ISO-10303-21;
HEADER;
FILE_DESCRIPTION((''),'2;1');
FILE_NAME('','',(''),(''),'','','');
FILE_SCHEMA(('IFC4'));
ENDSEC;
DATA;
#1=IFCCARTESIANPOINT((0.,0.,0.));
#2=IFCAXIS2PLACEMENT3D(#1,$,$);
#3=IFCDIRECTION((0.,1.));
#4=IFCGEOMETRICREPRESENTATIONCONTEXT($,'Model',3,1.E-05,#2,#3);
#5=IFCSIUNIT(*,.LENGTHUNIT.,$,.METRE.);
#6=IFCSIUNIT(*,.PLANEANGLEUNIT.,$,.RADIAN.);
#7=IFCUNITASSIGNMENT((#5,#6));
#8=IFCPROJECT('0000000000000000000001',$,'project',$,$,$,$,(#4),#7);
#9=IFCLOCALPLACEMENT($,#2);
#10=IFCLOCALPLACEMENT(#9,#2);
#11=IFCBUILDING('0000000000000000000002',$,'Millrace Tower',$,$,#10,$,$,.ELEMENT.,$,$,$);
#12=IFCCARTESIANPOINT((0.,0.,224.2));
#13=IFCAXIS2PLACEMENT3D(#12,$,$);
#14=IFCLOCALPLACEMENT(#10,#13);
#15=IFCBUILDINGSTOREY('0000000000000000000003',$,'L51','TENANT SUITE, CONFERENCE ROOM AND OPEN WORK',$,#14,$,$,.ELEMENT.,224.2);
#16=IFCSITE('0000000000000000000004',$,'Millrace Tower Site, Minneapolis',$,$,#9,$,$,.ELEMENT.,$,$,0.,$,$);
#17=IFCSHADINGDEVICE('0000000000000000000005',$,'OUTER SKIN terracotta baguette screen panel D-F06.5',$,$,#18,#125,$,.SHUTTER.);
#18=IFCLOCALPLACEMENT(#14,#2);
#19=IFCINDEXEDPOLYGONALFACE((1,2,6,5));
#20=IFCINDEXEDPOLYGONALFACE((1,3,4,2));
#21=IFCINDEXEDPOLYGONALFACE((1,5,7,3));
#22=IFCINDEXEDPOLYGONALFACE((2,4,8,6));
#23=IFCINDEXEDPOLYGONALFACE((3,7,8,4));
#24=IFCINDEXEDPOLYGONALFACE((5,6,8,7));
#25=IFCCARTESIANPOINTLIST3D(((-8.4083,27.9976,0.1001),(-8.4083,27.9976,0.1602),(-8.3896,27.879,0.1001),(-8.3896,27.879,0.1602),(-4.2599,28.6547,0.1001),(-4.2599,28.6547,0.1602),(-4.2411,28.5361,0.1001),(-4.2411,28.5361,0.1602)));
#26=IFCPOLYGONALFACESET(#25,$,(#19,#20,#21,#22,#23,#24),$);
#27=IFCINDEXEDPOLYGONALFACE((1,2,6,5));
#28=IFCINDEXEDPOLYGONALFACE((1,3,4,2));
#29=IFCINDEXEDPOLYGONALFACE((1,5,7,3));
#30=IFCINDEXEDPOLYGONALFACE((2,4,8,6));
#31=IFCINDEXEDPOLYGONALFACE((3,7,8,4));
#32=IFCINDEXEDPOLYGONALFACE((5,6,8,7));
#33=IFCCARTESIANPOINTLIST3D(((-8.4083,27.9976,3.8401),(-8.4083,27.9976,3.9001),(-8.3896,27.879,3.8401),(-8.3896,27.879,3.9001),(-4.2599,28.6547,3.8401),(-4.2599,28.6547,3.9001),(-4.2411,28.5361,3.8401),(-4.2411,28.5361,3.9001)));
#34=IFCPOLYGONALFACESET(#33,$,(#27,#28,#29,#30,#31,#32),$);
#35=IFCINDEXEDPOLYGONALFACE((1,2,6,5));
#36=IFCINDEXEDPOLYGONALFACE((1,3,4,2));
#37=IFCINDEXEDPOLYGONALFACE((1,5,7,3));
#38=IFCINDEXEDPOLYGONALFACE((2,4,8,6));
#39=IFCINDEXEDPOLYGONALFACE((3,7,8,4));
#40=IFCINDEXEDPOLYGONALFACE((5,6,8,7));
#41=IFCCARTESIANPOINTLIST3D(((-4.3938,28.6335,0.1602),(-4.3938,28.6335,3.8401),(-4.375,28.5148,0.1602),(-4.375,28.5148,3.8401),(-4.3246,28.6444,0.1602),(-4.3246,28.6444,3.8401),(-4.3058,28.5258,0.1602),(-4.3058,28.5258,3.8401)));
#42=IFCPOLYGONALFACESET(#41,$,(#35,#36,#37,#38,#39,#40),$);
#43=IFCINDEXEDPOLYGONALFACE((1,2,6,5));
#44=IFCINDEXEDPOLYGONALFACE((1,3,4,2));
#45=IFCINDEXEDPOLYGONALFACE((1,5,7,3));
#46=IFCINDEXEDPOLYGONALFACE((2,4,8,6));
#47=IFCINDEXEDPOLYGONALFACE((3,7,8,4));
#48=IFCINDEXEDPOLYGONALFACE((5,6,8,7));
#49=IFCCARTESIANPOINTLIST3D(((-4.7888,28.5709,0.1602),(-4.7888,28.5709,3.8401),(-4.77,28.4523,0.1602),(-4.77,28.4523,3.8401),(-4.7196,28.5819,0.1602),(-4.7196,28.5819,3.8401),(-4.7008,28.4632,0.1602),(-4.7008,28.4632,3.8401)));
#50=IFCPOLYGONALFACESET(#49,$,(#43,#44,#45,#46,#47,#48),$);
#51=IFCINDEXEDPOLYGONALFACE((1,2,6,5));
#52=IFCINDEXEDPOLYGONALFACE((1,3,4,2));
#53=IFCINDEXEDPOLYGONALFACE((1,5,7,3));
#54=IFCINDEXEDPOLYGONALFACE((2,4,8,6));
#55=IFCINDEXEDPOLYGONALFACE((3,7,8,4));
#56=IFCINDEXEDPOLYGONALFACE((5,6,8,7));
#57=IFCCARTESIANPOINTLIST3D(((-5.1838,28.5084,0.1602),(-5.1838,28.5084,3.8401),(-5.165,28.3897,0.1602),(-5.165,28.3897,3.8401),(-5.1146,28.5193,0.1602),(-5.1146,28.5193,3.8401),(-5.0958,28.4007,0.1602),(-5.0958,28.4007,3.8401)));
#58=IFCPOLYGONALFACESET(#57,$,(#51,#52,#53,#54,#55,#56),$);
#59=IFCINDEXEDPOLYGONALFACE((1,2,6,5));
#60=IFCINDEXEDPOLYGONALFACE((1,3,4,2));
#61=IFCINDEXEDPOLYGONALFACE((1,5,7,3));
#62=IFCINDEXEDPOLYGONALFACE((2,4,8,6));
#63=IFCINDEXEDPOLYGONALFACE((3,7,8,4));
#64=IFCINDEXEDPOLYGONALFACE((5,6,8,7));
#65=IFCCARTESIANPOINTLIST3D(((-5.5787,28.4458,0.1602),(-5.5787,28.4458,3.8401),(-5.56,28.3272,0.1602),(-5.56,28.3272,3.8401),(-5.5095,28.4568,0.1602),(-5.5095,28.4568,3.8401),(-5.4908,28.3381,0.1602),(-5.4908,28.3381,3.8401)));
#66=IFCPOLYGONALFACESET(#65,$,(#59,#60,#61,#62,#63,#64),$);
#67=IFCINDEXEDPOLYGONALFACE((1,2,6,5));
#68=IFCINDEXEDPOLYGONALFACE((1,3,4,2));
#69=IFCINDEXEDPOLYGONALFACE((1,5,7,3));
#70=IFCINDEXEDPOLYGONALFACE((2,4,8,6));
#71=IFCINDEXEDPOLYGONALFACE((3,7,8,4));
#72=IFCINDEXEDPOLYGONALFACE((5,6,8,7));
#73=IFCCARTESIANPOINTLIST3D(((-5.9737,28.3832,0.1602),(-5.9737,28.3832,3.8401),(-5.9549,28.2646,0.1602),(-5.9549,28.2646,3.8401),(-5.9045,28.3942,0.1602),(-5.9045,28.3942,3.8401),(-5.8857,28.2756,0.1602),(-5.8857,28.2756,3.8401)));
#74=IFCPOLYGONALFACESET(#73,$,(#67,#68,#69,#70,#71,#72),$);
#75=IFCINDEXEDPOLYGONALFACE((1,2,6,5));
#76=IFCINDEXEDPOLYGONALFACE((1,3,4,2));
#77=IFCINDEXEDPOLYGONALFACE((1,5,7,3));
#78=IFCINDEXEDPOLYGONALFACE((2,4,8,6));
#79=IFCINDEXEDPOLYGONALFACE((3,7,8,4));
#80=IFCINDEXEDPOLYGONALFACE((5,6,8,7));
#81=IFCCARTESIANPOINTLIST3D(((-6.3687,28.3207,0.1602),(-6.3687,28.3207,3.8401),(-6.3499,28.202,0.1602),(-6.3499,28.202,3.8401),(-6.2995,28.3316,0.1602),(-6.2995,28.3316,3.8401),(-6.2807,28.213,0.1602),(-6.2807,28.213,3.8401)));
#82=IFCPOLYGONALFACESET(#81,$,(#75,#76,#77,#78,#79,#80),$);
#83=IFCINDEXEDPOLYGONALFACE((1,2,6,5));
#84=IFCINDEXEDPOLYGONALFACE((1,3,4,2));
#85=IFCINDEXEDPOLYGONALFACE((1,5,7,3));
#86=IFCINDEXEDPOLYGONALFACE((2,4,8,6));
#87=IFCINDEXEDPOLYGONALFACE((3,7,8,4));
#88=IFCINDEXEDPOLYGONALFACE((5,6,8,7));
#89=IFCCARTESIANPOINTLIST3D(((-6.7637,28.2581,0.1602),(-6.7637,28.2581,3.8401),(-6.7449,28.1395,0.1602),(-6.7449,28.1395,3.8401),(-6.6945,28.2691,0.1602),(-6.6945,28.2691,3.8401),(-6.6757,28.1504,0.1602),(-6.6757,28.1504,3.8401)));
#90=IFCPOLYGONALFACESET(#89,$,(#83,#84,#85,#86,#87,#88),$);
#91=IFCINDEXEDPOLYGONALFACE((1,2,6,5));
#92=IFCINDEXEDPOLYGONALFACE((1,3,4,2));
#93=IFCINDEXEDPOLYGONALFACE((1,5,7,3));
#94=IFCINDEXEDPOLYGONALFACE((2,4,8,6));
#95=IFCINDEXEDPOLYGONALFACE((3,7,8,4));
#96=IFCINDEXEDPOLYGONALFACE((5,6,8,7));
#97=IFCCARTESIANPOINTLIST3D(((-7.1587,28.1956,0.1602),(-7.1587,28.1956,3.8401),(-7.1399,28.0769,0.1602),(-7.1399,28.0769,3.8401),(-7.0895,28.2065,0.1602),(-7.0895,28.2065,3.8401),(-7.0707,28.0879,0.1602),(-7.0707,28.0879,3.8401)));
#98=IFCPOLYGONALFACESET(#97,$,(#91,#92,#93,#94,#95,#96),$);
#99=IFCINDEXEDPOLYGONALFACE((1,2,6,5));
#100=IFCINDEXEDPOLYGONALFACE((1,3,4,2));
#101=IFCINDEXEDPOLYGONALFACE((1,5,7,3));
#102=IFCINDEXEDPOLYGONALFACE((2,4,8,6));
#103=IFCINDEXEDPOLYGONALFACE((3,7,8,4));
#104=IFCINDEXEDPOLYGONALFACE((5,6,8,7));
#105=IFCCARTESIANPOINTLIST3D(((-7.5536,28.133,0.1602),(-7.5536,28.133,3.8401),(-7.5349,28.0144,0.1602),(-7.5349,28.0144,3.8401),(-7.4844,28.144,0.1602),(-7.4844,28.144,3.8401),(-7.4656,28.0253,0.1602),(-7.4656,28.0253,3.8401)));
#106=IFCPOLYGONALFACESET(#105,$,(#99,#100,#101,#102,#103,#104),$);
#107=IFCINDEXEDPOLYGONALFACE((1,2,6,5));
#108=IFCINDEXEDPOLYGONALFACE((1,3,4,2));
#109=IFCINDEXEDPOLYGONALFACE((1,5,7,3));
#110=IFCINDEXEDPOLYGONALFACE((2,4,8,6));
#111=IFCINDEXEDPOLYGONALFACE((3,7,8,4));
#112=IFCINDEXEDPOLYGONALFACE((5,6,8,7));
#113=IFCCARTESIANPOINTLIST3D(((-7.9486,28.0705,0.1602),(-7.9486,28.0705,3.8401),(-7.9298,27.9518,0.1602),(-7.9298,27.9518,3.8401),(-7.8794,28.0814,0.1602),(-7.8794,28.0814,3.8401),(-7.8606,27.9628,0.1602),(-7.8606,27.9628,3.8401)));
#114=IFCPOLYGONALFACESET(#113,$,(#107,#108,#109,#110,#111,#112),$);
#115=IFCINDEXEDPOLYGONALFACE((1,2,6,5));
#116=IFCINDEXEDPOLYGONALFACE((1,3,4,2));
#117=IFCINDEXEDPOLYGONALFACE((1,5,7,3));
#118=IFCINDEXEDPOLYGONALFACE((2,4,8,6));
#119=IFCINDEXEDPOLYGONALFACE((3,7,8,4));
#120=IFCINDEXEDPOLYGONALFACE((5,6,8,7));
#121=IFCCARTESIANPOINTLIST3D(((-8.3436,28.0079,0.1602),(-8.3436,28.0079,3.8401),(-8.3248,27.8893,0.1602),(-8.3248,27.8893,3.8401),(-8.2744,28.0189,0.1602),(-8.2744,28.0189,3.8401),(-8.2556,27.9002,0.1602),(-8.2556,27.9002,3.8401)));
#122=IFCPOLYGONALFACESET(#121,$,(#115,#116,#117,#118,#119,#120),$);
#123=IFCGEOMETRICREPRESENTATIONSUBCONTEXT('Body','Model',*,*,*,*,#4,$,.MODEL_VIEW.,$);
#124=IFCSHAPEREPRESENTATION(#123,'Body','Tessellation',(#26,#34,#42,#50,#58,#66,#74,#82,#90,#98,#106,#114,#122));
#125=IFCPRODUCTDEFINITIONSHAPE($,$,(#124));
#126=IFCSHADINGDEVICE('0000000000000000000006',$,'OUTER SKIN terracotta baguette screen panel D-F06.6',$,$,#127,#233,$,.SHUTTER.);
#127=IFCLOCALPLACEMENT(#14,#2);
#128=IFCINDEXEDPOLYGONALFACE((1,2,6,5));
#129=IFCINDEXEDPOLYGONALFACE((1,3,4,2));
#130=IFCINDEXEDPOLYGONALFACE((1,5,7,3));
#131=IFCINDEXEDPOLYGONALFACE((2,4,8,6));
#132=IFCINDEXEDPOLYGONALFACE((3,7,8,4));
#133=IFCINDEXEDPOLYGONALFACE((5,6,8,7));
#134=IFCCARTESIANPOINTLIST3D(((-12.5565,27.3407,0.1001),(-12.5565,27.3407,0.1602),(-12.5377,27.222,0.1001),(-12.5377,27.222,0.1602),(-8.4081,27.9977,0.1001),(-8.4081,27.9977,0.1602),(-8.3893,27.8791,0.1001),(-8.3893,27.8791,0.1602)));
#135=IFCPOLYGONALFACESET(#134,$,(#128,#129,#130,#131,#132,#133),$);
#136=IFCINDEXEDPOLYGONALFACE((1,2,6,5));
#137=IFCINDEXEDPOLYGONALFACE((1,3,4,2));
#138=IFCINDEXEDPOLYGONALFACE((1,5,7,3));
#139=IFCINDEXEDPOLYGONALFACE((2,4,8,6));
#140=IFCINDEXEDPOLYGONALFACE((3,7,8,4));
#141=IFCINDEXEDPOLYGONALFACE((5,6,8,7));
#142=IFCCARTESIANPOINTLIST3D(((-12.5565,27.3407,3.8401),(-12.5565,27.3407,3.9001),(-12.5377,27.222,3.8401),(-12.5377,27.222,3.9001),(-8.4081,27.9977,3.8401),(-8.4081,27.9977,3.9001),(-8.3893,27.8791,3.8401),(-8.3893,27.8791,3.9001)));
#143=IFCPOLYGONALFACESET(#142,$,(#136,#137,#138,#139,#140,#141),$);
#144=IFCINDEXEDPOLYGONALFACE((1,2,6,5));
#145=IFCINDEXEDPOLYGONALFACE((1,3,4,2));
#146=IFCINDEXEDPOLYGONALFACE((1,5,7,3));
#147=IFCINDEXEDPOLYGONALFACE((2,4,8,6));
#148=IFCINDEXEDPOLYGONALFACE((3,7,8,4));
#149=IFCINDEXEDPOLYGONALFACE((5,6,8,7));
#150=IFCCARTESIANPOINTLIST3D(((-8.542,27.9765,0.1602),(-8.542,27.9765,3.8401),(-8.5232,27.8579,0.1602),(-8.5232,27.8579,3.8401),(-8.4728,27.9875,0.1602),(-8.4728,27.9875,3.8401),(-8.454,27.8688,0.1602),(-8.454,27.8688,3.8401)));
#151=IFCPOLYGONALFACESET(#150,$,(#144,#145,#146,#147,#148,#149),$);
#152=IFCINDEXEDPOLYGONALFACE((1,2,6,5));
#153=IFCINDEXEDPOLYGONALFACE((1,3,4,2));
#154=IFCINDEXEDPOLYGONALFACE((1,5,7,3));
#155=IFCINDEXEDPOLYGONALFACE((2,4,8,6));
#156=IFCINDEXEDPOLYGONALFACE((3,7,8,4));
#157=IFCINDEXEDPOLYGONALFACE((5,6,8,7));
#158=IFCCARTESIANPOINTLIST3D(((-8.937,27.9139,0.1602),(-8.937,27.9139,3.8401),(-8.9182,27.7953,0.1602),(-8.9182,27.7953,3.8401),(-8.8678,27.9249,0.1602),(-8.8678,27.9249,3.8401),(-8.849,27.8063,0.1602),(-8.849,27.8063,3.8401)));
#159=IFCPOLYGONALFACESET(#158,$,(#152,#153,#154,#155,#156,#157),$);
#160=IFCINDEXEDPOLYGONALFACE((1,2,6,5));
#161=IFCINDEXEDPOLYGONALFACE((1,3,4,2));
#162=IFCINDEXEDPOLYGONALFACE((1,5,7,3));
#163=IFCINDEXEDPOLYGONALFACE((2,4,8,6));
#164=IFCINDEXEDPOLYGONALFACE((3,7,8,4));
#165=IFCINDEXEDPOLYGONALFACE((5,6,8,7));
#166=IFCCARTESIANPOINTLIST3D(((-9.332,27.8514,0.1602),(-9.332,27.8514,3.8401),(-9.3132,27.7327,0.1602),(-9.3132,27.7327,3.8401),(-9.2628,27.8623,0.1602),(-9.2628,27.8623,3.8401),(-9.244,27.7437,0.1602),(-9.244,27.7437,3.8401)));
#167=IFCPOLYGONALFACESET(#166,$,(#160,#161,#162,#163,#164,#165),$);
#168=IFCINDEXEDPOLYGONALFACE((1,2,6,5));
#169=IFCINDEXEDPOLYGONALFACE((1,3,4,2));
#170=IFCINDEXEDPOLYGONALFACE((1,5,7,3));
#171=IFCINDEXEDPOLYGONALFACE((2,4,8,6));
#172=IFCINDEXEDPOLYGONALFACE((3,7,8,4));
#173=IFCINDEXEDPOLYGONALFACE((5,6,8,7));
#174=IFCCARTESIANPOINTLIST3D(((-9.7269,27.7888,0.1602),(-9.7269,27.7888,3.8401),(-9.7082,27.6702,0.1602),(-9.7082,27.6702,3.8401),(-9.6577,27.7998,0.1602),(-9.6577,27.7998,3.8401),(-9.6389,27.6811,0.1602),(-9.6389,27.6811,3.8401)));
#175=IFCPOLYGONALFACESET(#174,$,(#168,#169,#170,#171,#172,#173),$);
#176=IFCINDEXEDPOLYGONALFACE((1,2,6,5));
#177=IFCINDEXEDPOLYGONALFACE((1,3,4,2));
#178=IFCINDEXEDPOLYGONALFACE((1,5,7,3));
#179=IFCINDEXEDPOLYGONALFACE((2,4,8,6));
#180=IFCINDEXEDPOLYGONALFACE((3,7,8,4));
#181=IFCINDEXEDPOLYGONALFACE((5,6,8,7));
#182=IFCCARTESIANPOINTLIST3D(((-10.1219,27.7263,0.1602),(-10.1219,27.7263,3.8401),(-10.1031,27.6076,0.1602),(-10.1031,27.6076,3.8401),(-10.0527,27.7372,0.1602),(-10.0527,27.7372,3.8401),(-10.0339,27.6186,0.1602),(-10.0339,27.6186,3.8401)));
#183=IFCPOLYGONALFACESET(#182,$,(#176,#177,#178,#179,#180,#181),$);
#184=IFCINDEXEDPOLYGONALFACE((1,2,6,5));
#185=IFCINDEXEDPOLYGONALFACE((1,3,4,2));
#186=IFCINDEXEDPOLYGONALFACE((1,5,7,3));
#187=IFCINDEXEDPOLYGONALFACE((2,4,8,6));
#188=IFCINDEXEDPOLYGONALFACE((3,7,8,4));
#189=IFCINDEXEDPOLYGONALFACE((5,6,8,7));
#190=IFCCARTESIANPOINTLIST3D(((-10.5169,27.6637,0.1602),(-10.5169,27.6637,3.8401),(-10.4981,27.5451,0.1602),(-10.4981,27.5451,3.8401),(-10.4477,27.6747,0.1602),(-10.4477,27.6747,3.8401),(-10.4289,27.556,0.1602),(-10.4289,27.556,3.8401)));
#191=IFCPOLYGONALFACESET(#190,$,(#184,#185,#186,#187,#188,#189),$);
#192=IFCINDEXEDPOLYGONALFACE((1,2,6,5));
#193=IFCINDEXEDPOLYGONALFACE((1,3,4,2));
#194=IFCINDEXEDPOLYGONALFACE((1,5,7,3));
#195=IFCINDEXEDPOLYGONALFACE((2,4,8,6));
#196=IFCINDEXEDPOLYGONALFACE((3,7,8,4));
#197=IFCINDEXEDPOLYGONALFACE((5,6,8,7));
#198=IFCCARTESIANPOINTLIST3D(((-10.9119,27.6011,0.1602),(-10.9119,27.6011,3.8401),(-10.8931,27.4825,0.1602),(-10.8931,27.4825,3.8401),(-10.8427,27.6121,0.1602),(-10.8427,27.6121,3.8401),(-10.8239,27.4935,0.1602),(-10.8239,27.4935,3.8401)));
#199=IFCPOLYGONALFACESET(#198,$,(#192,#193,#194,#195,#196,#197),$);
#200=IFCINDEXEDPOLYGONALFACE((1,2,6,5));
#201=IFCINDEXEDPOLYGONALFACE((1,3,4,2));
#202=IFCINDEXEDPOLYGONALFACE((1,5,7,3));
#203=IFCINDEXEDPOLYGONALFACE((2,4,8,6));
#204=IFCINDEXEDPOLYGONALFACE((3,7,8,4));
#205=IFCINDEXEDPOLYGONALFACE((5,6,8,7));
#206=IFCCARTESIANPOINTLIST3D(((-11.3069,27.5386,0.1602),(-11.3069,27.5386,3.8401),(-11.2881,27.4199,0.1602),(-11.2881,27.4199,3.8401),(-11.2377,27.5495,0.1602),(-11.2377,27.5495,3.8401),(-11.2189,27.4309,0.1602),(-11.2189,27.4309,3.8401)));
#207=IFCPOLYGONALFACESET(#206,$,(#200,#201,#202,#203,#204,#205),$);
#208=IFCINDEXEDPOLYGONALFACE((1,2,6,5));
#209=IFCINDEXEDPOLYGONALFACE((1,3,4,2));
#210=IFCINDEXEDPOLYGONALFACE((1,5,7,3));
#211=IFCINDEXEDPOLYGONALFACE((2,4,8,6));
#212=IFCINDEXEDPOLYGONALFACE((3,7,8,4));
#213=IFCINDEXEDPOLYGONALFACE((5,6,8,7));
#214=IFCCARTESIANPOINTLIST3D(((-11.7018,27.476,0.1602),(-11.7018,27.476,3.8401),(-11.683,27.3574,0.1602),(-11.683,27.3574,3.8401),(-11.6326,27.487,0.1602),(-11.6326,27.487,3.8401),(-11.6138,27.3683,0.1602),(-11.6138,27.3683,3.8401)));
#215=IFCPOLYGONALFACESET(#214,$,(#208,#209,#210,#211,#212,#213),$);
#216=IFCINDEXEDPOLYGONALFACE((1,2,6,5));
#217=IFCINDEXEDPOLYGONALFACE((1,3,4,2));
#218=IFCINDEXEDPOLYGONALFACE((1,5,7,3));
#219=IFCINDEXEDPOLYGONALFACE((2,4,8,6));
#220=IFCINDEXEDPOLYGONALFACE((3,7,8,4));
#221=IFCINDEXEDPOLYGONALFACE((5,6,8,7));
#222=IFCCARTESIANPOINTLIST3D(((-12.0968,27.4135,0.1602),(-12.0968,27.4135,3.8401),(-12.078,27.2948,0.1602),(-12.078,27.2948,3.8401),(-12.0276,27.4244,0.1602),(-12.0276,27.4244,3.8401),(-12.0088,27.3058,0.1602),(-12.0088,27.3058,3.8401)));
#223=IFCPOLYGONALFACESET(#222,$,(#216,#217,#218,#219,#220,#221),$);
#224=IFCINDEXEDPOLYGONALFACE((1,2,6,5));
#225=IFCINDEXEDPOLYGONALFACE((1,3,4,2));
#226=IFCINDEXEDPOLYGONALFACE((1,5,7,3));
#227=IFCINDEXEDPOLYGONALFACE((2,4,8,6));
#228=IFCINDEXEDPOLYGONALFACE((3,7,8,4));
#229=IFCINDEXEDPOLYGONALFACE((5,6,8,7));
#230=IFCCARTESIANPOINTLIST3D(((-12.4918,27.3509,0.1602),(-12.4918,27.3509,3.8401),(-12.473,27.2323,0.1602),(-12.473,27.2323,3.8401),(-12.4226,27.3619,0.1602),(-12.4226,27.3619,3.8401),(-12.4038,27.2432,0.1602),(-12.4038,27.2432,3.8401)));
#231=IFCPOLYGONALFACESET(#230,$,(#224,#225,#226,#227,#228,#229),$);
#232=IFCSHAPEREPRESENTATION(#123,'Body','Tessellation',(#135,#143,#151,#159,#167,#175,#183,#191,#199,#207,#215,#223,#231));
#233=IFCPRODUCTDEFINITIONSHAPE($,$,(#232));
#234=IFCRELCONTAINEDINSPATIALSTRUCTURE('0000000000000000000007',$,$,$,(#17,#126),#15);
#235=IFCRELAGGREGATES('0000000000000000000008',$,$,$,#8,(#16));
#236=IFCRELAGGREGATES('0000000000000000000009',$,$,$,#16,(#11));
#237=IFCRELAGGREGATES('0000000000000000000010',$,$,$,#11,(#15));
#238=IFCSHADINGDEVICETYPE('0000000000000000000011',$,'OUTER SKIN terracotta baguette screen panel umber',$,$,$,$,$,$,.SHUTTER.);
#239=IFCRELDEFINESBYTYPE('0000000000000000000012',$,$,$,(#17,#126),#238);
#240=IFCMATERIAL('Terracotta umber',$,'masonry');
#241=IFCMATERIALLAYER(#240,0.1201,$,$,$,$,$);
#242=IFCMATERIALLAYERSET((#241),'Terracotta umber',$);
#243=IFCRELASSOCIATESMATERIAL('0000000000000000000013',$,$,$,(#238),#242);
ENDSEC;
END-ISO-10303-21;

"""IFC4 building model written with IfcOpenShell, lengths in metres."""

from ifc_helpers import new_model, entity, si_unit, direction, frame, frame_2d, origin, origin_2d, place, context, subcontext, project, spatial, rectangle, extrude, source, transform, mapped, material, layer, layer_set, type_object, element, save


model = new_model("IFC4")

# Units and contexts
model_context = context("Model", 3, precision=1e-05, world=origin(), true_north=direction((0.0, 1.0)))
body_context = subcontext(model_context, "Body", "Model", "MODEL_VIEW")
ifc_project = project(units=[si_unit("LENGTHUNIT", "METRE"), si_unit("PLANEANGLEUNIT", "RADIAN")], contexts=[model_context])

# Site, building, storey
site_placement = place(None, origin())
site = spatial("IfcSite", under=ifc_project, at=site_placement, Name="Millrace Tower Site, Minneapolis", CompositionType="ELEMENT", RefElevation=0.0)
building_placement = place(site_placement, origin())
building = spatial("IfcBuilding", under=site, at=building_placement, Name="Millrace Tower", CompositionType="ELEMENT")
storey_placement = place(building_placement, frame((0.0, 0.0, 224.2)))
storey = spatial("IfcBuildingStorey", under=building, at=storey_placement, Name="L51", Description="TENANT SUITE, CONFERENCE ROOM AND OPEN WORK", CompositionType="ELEMENT", Elevation=224.2)

# Shading devices
ifc_material_1 = material(Name="Terracotta umber", Category="masonry")
ifc_layer_1 = layer(ifc_material_1, 0.1201)
ifc_layer_set_1 = layer_set([ifc_layer_1], Name="Terracotta umber")
shading_device_type = type_object("IfcShadingDeviceType", Name="OUTER SKIN terracotta baguette screen panel umber", PredefinedType="SHUTTER", material=ifc_layer_set_1)
cartesian_point = entity("IfcCartesianPoint", [-2.1001, 0.0601])
shared_polyline = entity("IfcPolyline", [cartesian_point, entity("IfcCartesianPoint", [2.1001, 0.0601]), entity("IfcCartesianPoint", [2.1001, -0.0601]), entity("IfcCartesianPoint", [-2.1001, -0.0601]), cartesian_point])
shared_shape = source(origin(), body_context, "Body", "SweptSolid", [
    entity("IfcExtrudedAreaSolid", entity("IfcArbitraryClosedProfileDef", "AREA", None, shared_polyline), entity("IfcAxis2Placement3D", entity("IfcCartesianPoint", [0.0, 0.0, 0.0])), entity("IfcDirection", [0.0, 0.0, 1.0]), 0.0601),
    entity("IfcExtrudedAreaSolid", entity("IfcArbitraryClosedProfileDef", "AREA", None, shared_polyline), entity("IfcAxis2Placement3D", entity("IfcCartesianPoint", [0.0, 0.0, 3.74])), entity("IfcDirection", [0.0, 0.0, 1.0]), 0.0601),
    extrude(rectangle(XDim=0.0701, YDim=0.1201, at=frame_2d((-1.9995, 0.0))), frame((0.0, 0.0, 0.0601)), (0.0, 0.0, 1.0), 3.6799),
    extrude(rectangle(XDim=0.0701, YDim=0.1201, at=frame_2d((-1.5996, 0.0))), frame((0.0, 0.0, 0.0601)), (0.0, 0.0, 1.0), 3.6799),
    extrude(rectangle(XDim=0.0701, YDim=0.1201, at=frame_2d((-1.1997, 0.0))), frame((0.0, 0.0, 0.0601)), (0.0, 0.0, 1.0), 3.6799),
    extrude(rectangle(XDim=0.0701, YDim=0.1201, at=frame_2d((-0.7998, 0.0))), frame((0.0, 0.0, 0.0601)), (0.0, 0.0, 1.0), 3.6799),
    extrude(rectangle(XDim=0.0701, YDim=0.1201, at=frame_2d((-0.3999, 0.0))), frame((0.0, 0.0, 0.0601)), (0.0, 0.0, 1.0), 3.6799),
    extrude(rectangle(XDim=0.0701, YDim=0.1201, at=origin_2d()), frame((0.0, 0.0, 0.0601)), (0.0, 0.0, 1.0), 3.6799),
    extrude(rectangle(XDim=0.0701, YDim=0.1201, at=frame_2d((0.3999, 0.0))), frame((0.0, 0.0, 0.0601)), (0.0, 0.0, 1.0), 3.6799),
    extrude(rectangle(XDim=0.0701, YDim=0.1201, at=frame_2d((0.7998, 0.0))), frame((0.0, 0.0, 0.0601)), (0.0, 0.0, 1.0), 3.6799),
    extrude(rectangle(XDim=0.0701, YDim=0.1201, at=frame_2d((1.1997, 0.0))), frame((0.0, 0.0, 0.0601)), (0.0, 0.0, 1.0), 3.6799),
    extrude(rectangle(XDim=0.0701, YDim=0.1201, at=frame_2d((1.5996, 0.0))), frame((0.0, 0.0, 0.0601)), (0.0, 0.0, 1.0), 3.6799),
    extrude(rectangle(XDim=0.0701, YDim=0.1201, at=frame_2d((1.9995, 0.0))), frame((0.0, 0.0, 0.0601)), (0.0, 0.0, 1.0), 3.6799),
])
for number, where, z_axis, x_axis, name in (
    (1, (-6.3247, 28.2668, 0.1001), (0.0, 0.0, 1.0), (-0.987688, -0.156434, 0.0), "OUTER SKIN terracotta baguette screen panel D-F06.5"),
    (2, (-10.4729, 27.6099, 0.1001), (0.0, 0.0, 1.0), (-0.987688, -0.156434, 0.0), "OUTER SKIN terracotta baguette screen panel D-F06.6"),
):
    element("IfcShadingDevice", number, at=place(storey_placement, frame(where, z_axis=z_axis, x_axis=x_axis)), inside=storey, type_object=shading_device_type, Name=name, PredefinedType="SHUTTER", context=body_context, shape_type="MappedRepresentation", body=[
        mapped(shared_shape, transform((0.0, 0.0, 0.0), scale=1.0)),
    ])

save(model, "model.ifc")
